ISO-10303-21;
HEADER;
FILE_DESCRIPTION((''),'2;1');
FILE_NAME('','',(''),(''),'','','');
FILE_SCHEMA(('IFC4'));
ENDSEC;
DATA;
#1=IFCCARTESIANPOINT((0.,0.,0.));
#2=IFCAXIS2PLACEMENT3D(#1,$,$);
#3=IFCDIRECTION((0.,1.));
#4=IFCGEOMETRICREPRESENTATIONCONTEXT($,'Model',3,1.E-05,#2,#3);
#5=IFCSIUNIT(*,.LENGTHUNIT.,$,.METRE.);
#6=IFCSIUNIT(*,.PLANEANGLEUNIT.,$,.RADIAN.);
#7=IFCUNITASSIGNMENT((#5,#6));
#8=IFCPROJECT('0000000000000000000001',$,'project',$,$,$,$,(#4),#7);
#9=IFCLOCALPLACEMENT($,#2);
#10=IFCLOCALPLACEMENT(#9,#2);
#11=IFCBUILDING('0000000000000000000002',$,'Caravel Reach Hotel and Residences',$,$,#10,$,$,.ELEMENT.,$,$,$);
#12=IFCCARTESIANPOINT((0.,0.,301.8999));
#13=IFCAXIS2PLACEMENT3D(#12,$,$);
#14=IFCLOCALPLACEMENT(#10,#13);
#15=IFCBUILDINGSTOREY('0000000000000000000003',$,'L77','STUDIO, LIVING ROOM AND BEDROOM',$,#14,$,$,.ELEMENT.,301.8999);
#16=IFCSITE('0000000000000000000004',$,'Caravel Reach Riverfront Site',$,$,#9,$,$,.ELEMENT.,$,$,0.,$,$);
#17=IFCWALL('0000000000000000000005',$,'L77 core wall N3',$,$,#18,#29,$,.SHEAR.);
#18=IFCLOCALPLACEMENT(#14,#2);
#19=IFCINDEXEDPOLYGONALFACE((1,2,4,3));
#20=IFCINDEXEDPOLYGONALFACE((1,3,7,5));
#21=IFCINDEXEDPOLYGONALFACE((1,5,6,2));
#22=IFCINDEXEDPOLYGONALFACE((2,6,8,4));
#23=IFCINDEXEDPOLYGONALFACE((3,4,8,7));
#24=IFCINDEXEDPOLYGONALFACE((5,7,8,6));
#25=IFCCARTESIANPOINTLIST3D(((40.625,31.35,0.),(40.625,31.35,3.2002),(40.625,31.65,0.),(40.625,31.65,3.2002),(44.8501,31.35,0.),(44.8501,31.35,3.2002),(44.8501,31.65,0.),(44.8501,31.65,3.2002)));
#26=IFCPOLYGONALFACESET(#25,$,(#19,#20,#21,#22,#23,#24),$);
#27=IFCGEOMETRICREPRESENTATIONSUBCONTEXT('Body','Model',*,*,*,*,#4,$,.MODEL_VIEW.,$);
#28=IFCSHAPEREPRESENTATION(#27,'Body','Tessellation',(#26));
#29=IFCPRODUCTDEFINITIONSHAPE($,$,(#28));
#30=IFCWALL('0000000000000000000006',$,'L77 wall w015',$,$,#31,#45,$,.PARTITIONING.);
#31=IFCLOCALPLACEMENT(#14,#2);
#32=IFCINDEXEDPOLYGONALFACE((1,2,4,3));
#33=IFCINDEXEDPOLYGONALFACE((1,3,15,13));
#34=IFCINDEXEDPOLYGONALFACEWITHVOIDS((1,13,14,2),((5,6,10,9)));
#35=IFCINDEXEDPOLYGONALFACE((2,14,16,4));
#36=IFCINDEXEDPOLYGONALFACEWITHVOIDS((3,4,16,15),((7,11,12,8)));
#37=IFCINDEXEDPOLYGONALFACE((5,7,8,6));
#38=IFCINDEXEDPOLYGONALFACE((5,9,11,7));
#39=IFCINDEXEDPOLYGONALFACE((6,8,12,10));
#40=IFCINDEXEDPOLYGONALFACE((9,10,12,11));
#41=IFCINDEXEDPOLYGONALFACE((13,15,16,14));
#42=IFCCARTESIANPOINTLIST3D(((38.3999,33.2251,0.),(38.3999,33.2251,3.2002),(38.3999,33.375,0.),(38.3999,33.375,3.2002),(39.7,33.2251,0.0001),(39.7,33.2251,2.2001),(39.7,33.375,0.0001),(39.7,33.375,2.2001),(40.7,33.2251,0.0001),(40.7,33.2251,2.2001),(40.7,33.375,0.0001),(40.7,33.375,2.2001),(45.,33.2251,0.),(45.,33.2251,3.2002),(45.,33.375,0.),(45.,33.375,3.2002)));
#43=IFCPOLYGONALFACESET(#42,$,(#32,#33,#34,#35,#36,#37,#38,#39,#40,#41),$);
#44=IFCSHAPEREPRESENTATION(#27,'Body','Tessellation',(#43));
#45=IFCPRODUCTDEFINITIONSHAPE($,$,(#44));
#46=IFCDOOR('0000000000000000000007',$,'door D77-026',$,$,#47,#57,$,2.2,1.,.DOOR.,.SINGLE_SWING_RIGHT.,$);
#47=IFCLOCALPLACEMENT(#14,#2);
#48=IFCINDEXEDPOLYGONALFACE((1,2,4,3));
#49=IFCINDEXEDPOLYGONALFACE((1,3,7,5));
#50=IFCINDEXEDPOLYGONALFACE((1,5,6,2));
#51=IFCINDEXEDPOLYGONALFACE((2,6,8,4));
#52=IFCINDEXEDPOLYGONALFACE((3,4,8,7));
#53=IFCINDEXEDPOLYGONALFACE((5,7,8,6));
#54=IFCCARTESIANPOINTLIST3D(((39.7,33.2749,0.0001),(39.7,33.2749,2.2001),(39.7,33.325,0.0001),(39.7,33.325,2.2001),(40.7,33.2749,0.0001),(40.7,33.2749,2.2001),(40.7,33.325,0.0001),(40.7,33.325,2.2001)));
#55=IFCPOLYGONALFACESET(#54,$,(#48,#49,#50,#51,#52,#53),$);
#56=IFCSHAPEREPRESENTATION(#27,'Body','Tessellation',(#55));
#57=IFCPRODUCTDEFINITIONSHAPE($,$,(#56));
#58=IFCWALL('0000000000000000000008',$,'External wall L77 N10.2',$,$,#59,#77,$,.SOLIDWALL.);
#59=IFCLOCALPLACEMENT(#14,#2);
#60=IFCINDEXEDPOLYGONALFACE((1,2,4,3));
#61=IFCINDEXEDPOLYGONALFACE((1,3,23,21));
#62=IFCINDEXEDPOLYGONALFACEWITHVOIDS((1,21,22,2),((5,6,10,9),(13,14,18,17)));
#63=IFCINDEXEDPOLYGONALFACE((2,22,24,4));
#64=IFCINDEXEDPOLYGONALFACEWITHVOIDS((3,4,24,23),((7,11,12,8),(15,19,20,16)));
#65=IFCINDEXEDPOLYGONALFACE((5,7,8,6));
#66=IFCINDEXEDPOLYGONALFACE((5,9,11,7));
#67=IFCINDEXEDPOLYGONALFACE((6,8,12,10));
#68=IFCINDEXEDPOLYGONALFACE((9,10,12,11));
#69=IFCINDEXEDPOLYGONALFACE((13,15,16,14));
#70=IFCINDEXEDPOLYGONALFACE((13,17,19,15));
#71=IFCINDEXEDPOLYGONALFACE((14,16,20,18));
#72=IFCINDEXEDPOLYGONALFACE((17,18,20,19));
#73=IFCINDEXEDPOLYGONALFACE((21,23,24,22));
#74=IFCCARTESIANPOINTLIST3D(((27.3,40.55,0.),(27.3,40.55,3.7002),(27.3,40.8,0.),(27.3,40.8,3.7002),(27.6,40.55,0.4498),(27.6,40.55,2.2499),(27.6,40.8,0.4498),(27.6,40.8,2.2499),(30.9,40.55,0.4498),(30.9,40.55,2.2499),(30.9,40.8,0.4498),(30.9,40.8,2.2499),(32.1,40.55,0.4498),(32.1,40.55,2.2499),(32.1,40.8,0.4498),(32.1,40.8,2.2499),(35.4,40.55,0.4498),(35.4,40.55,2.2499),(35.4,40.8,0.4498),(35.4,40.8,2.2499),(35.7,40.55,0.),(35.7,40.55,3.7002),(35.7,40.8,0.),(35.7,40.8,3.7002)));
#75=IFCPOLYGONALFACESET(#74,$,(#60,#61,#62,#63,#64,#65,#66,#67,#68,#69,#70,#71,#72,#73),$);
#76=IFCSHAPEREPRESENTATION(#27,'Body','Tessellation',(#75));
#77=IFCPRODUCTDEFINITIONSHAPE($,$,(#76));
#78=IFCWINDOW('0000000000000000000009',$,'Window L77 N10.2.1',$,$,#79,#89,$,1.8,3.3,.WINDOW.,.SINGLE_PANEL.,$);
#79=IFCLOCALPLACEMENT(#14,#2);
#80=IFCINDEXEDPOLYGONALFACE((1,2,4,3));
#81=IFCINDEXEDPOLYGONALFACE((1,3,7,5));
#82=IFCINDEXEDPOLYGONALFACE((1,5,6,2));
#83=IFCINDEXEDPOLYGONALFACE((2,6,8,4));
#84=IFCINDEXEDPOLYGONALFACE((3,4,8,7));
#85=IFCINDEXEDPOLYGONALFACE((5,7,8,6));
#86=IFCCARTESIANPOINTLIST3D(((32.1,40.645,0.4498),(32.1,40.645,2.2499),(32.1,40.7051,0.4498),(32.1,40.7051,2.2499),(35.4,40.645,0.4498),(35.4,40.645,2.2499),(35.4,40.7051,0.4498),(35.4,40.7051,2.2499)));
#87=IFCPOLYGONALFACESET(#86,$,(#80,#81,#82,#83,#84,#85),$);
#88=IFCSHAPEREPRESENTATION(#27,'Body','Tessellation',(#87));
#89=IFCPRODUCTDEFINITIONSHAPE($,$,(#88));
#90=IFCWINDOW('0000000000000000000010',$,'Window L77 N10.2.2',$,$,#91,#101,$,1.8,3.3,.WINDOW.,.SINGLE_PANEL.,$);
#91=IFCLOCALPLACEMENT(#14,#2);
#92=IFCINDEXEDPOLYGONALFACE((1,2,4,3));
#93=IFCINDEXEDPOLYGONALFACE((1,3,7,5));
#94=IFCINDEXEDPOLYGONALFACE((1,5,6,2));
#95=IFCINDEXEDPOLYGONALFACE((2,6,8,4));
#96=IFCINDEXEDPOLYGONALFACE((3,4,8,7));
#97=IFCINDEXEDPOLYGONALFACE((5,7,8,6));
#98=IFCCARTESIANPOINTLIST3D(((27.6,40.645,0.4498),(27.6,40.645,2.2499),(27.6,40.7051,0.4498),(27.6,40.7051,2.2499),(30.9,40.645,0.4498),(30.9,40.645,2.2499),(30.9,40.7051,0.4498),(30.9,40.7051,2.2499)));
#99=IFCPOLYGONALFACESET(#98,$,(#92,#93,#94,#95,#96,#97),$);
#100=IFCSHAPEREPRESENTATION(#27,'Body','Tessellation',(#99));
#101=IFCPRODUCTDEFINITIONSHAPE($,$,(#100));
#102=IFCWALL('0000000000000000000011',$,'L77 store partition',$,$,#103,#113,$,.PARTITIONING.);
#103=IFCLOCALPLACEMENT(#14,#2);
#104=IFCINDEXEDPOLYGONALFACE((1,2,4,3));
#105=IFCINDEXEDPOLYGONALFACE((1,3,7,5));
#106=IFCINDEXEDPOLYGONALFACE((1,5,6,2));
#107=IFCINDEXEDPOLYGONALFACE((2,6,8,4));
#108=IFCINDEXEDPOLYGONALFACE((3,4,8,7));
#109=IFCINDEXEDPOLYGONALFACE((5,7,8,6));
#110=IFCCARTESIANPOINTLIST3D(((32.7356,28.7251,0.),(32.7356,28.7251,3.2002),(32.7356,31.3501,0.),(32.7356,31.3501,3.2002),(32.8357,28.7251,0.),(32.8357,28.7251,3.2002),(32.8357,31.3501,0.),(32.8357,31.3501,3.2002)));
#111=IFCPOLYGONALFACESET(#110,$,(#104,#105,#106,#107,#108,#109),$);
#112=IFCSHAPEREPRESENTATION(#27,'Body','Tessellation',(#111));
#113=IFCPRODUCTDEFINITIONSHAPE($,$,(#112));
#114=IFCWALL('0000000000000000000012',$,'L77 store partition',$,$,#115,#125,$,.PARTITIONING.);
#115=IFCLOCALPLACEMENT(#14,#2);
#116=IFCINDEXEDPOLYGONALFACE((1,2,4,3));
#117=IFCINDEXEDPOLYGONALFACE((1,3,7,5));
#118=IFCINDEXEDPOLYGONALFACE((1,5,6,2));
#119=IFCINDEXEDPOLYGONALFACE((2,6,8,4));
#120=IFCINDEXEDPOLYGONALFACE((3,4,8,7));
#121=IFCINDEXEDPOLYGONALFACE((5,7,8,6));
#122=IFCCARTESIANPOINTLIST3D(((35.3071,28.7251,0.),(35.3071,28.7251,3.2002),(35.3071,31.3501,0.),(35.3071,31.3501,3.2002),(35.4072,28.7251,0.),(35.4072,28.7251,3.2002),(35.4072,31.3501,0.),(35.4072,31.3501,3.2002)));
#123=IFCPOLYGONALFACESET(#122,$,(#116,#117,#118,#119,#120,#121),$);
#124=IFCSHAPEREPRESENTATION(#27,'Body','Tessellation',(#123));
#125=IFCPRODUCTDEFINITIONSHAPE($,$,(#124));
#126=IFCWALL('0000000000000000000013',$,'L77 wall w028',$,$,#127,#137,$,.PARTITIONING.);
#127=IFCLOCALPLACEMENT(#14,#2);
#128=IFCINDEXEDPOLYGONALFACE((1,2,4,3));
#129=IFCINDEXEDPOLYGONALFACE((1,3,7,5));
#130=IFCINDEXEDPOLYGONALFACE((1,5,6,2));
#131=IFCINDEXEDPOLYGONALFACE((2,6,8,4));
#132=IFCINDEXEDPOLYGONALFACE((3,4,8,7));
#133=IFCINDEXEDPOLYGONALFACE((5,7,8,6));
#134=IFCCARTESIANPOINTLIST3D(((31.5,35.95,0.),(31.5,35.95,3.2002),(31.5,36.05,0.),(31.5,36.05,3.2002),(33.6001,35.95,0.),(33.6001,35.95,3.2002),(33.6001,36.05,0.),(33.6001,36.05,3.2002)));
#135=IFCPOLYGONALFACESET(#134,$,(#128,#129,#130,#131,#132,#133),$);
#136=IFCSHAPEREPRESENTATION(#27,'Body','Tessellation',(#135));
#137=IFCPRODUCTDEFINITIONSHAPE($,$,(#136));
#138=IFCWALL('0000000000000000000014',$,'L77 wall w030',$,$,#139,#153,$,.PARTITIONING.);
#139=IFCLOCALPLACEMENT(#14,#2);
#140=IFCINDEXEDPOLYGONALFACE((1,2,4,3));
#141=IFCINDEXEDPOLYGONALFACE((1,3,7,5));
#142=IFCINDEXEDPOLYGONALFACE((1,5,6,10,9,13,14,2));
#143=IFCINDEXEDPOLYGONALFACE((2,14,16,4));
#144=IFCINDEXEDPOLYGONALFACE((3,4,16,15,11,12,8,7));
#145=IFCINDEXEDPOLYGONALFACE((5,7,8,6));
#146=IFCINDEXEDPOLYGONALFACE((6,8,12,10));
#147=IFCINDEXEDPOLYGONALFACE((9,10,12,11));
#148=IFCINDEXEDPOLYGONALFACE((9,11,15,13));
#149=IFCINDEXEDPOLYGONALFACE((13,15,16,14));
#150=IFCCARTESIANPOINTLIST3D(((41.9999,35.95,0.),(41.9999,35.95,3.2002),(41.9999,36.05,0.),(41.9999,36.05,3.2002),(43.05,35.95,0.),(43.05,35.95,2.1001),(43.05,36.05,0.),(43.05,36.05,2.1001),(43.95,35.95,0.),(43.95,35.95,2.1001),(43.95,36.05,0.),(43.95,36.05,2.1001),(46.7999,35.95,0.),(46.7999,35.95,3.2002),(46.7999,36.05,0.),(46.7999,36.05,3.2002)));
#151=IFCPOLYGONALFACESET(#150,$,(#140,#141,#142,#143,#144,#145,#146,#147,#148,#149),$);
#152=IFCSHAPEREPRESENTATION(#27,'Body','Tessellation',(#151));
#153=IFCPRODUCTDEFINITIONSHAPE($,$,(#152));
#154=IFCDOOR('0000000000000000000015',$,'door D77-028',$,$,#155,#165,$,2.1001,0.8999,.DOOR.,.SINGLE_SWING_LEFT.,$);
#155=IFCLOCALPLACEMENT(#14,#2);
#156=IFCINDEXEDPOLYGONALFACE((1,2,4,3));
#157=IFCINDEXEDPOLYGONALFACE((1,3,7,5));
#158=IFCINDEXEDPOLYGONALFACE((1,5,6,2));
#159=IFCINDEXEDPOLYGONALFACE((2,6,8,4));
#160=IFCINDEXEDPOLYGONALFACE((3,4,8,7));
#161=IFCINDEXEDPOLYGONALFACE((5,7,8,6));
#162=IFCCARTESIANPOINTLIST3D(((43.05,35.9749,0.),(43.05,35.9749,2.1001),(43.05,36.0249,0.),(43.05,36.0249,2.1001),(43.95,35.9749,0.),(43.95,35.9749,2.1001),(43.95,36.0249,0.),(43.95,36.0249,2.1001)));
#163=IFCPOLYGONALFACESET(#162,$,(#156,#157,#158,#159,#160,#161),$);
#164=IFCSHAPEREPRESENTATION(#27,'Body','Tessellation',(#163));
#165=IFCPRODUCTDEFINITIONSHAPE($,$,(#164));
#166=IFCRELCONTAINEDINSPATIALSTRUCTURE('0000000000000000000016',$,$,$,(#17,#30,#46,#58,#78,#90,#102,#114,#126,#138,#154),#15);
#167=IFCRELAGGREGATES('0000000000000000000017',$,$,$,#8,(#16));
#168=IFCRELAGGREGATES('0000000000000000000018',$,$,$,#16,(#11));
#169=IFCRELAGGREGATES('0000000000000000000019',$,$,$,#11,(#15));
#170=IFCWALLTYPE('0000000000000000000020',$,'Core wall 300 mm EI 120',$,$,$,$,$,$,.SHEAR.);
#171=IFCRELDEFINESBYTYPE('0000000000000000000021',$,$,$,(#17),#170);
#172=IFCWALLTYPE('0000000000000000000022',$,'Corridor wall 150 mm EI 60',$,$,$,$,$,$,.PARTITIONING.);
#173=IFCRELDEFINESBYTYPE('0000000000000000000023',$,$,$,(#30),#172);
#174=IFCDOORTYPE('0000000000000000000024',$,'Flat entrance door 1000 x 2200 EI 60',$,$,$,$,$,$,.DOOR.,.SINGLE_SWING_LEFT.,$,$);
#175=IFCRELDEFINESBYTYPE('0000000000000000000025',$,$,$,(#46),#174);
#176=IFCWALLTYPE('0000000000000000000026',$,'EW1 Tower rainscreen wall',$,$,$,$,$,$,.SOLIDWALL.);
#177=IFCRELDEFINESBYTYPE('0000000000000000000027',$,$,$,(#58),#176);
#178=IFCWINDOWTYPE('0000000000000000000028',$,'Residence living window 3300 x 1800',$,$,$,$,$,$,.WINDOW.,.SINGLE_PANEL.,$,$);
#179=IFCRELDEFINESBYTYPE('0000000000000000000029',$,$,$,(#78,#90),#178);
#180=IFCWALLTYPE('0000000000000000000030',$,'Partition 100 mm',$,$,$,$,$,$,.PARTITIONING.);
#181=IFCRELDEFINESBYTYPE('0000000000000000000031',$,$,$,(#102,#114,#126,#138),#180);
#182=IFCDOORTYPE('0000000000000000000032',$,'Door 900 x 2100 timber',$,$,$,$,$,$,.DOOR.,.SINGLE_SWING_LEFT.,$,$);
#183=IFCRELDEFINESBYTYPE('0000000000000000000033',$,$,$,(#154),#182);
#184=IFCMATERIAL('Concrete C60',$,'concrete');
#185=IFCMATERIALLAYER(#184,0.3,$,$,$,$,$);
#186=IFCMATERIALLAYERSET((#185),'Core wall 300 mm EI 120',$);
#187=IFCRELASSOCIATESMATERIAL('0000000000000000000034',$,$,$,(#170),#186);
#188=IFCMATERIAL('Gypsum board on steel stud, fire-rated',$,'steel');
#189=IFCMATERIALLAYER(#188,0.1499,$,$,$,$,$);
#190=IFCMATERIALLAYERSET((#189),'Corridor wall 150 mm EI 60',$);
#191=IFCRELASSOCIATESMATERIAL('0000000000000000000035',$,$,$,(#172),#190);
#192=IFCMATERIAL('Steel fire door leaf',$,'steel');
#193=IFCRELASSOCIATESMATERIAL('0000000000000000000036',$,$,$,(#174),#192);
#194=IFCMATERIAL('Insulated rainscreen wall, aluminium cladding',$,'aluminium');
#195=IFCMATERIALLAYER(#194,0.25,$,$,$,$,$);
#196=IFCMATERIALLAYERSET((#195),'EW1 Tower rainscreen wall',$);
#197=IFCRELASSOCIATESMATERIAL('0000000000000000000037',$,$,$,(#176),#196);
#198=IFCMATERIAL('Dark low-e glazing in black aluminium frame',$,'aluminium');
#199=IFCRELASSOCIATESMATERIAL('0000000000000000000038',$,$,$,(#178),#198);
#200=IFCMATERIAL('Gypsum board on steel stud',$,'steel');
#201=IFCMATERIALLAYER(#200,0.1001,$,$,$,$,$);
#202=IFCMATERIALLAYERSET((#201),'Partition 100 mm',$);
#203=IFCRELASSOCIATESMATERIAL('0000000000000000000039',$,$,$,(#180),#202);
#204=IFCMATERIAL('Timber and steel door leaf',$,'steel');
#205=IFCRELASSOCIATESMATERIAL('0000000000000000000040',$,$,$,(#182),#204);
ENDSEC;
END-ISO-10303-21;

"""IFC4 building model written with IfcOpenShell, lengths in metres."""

from ifc_helpers import new_model, si_unit, direction, frame, frame_2d, origin, place, context, subcontext, project, spatial, rectangle, extrude, material, layer, layer_set, type_object, element, fill, save


model = new_model("IFC4")

# Units and contexts
model_context = context("Model", 3, precision=1e-05, world=origin(), true_north=direction((0.0, 1.0)))
body_context = subcontext(model_context, "Body", "Model", "MODEL_VIEW")
ifc_project = project(units=[si_unit("LENGTHUNIT", "METRE"), si_unit("PLANEANGLEUNIT", "RADIAN")], contexts=[model_context])

# Site, building, storey
site_placement = place(None, origin())
site = spatial("IfcSite", under=ifc_project, at=site_placement, Name="Caravel Reach Riverfront Site", CompositionType="ELEMENT", RefElevation=0.0)
building_placement = place(site_placement, origin())
building = spatial("IfcBuilding", under=site, at=building_placement, Name="Caravel Reach Hotel and Residences", CompositionType="ELEMENT")
storey_placement = place(building_placement, frame((0.0, 0.0, 301.8999)))
storey = spatial("IfcBuildingStorey", under=building, at=storey_placement, Name="L77", Description="STUDIO, LIVING ROOM AND BEDROOM", CompositionType="ELEMENT", Elevation=301.8999)

# Wall
ifc_material_1 = material(Name="Concrete C60", Category="concrete")
ifc_layer_1 = layer(ifc_material_1, 0.3)
ifc_layer_set_1 = layer_set([ifc_layer_1], Name="Core wall 300 mm EI 120")
wall_type_1 = type_object("IfcWallType", Name="Core wall 300 mm EI 120", PredefinedType="SHEAR", material=ifc_layer_set_1)
wall_1_placement = place(storey_placement, frame((40.625, 31.5, 0.0), z_axis=(0.0, 0.0, 1.0), x_axis=(1.0, 0.0, 0.0)))
element("IfcWall", 1, at=wall_1_placement, inside=storey, type_object=wall_type_1, Name="L77 core wall N3", PredefinedType="SHEAR", context=body_context, shape_type="SweptSolid", body=[
    extrude(rectangle(XDim=4.2251, YDim=0.3, at=frame_2d((2.1125, 0.0))), origin(), (0.0, 0.0, 1.0), 3.2002),
])

# Wall, opening, door
ifc_material_2 = material(Name="Gypsum board on steel stud, fire-rated", Category="steel")
ifc_layer_2 = layer(ifc_material_2, 0.1499)
ifc_layer_set_2 = layer_set([ifc_layer_2], Name="Corridor wall 150 mm EI 60")
wall_type_2 = type_object("IfcWallType", Name="Corridor wall 150 mm EI 60", PredefinedType="PARTITIONING", material=ifc_layer_set_2)
wall_2_placement = place(storey_placement, frame((38.3999, 33.3, 0.0), z_axis=(0.0, 0.0, 1.0), x_axis=(1.0, 0.0, 0.0)))
wall_2 = element("IfcWall", 2, at=wall_2_placement, inside=storey, type_object=wall_type_2, Name="L77 wall w015", PredefinedType="PARTITIONING", context=body_context, shape_type="SweptSolid", body=[
    extrude(rectangle(XDim=6.6001, YDim=0.1499, at=frame_2d((3.3, 0.0))), origin(), (0.0, 0.0, 1.0), 3.2002),
])
opening_1_placement = place(wall_2_placement, frame((1.3, 0.0, 0.0)))
opening_1 = element("IfcOpeningElement", 3, at=opening_1_placement, cuts=wall_2, PredefinedType="OPENING", context=body_context, shape_type="SweptSolid", body=[
    extrude(rectangle(XDim=1.0, YDim=2.2, at=frame_2d((0.5, 1.1001))), frame((0.0, 0.085, 0.0), z_axis=(0.0, -1.0, 0.0), x_axis=(1.0, 0.0, 0.0)), (0.0, 0.0, 1.0), 0.1699),
])
ifc_material_3 = material(Name="Steel fire door leaf", Category="steel")
door_type_1 = type_object("IfcDoorType", Name="Flat entrance door 1000 x 2200 EI 60", OperationType="SINGLE_SWING_LEFT", PredefinedType="DOOR", material=ifc_material_3)
door_1_placement = place(opening_1_placement, origin())
door_1 = element("IfcDoor", 4, at=door_1_placement, inside=storey, type_object=door_type_1, Name="door D77-026", OperationType="SINGLE_SWING_RIGHT", OverallHeight=2.2, OverallWidth=1.0, PredefinedType="DOOR", context=body_context, shape_type="SweptSolid", body=[
    extrude(rectangle(XDim=1.0, YDim=2.2, at=frame_2d((0.5, 1.1001))), frame((0.0, 0.0249, 0.0), z_axis=(0.0, -1.0, 0.0), x_axis=(1.0, 0.0, 0.0)), (0.0, 0.0, 1.0), 0.05),
])
fill(opening_1, door_1)

# Wall, openings, windows
ifc_material_4 = material(Name="Insulated rainscreen wall, aluminium cladding", Category="aluminium")
ifc_layer_3 = layer(ifc_material_4, 0.25)
ifc_layer_set_3 = layer_set([ifc_layer_3], Name="EW1 Tower rainscreen wall")
wall_type_3 = type_object("IfcWallType", Name="EW1 Tower rainscreen wall", PredefinedType="SOLIDWALL", material=ifc_layer_set_3)
wall_3_placement = place(storey_placement, frame((35.7, 40.675, 0.0), z_axis=(0.0, 0.0, 1.0), x_axis=(-1.0, 0.0, 0.0)))
wall_3 = element("IfcWall", 5, at=wall_3_placement, inside=storey, type_object=wall_type_3, Name="External wall L77 N10.2", PredefinedType="SOLIDWALL", context=body_context, shape_type="SweptSolid", body=[
    extrude(rectangle(XDim=8.3999, YDim=0.25, at=frame_2d((4.2, 0.0))), origin(), (0.0, 0.0, 1.0), 3.7002),
])
opening_2_placement = place(wall_3_placement, frame((0.3, 0.0, 0.45)))
opening_2 = element("IfcOpeningElement", 6, at=opening_2_placement, cuts=wall_3, PredefinedType="OPENING", context=body_context, shape_type="SweptSolid", body=[
    extrude(rectangle(XDim=3.3, YDim=1.8, at=frame_2d((1.6499, 0.8999))), frame((0.0, 0.135, 0.0), z_axis=(0.0, -1.0, 0.0), x_axis=(1.0, 0.0, 0.0)), (0.0, 0.0, 1.0), 0.27),
])
opening_3_placement = place(wall_3_placement, frame((4.8, 0.0, 0.45)))
opening_3 = element("IfcOpeningElement", 7, at=opening_3_placement, cuts=wall_3, PredefinedType="OPENING", context=body_context, shape_type="SweptSolid", body=[
    extrude(rectangle(XDim=3.3, YDim=1.8, at=frame_2d((1.6499, 0.8999))), frame((0.0, 0.135, 0.0), z_axis=(0.0, -1.0, 0.0), x_axis=(1.0, 0.0, 0.0)), (0.0, 0.0, 1.0), 0.27),
])
ifc_material_5 = material(Name="Dark low-e glazing in black aluminium frame", Category="aluminium")
window_type = type_object("IfcWindowType", Name="Residence living window 3300 x 1800", PartitioningType="SINGLE_PANEL", PredefinedType="WINDOW", material=ifc_material_5)
window_1_placement = place(opening_2_placement, origin())
window_1 = element("IfcWindow", 8, at=window_1_placement, inside=storey, type_object=window_type, Name="Window L77 N10.2.1", OverallHeight=1.8, OverallWidth=3.3, PartitioningType="SINGLE_PANEL", PredefinedType="WINDOW", context=body_context, shape_type="SweptSolid", body=[
    extrude(rectangle(XDim=3.3, YDim=1.8, at=frame_2d((1.6499, 0.8999))), frame((0.0, 0.03, 0.0), z_axis=(0.0, -1.0, 0.0), x_axis=(1.0, 0.0, 0.0)), (0.0, 0.0, 1.0), 0.0601),
])
fill(opening_2, window_1)
window_2_placement = place(opening_3_placement, origin())
window_2 = element("IfcWindow", 9, at=window_2_placement, inside=storey, type_object=window_type, Name="Window L77 N10.2.2", OverallHeight=1.8, OverallWidth=3.3, PartitioningType="SINGLE_PANEL", PredefinedType="WINDOW", context=body_context, shape_type="SweptSolid", body=[
    extrude(rectangle(XDim=3.3, YDim=1.8, at=frame_2d((1.6499, 0.8999))), frame((0.0, 0.03, 0.0), z_axis=(0.0, -1.0, 0.0), x_axis=(1.0, 0.0, 0.0)), (0.0, 0.0, 1.0), 0.0601),
])
fill(opening_3, window_2)

# Walls
ifc_material_6 = material(Name="Gypsum board on steel stud", Category="steel")
ifc_layer_4 = layer(ifc_material_6, 0.1001)
ifc_layer_set_4 = layer_set([ifc_layer_4], Name="Partition 100 mm")
wall_type_4 = type_object("IfcWallType", Name="Partition 100 mm", PredefinedType="PARTITIONING", material=ifc_layer_set_4)
for number, where, z_axis, x_axis, name in (
    (10, (32.7856, 28.7251, 0.0), (0.0, 0.0, 1.0), (0.0, 1.0, 0.0), "L77 store partition"),
    (11, (35.3572, 28.7251, 0.0), (0.0, 0.0, 1.0), (0.0, 1.0, 0.0), "L77 store partition"),
):
    element("IfcWall", number, at=place(storey_placement, frame(where, z_axis=z_axis, x_axis=x_axis)), inside=storey, type_object=wall_type_4, Name=name, PredefinedType="PARTITIONING", context=body_context, shape_type="SweptSolid", body=[
        extrude(rectangle(XDim=2.625, YDim=0.1001, at=frame_2d((1.3125, 0.0))), origin(), (0.0, 0.0, 1.0), 3.2002),
    ])
wall_4_placement = place(storey_placement, frame((31.5, 36.0, 0.0), z_axis=(0.0, 0.0, 1.0), x_axis=(1.0, 0.0, 0.0)))
element("IfcWall", 12, at=wall_4_placement, inside=storey, type_object=wall_type_4, Name="L77 wall w028", PredefinedType="PARTITIONING", context=body_context, shape_type="SweptSolid", body=[
    extrude(rectangle(XDim=2.1001, YDim=0.1001, at=frame_2d((1.05, 0.0))), origin(), (0.0, 0.0, 1.0), 3.2002),
])

# Wall, opening, door
wall_5_placement = place(storey_placement, frame((42.0, 36.0, 0.0), z_axis=(0.0, 0.0, 1.0), x_axis=(1.0, 0.0, 0.0)))
wall_5 = element("IfcWall", 13, at=wall_5_placement, inside=storey, type_object=wall_type_4, Name="L77 wall w030", PredefinedType="PARTITIONING", context=body_context, shape_type="SweptSolid", body=[
    extrude(rectangle(XDim=4.8, YDim=0.1001, at=frame_2d((2.3999, 0.0))), origin(), (0.0, 0.0, 1.0), 3.2002),
])
opening_4_placement = place(wall_5_placement, frame((1.05, 0.0, 0.0)))
opening_4 = element("IfcOpeningElement", 14, at=opening_4_placement, cuts=wall_5, PredefinedType="OPENING", context=body_context, shape_type="SweptSolid", body=[
    extrude(rectangle(XDim=0.8999, YDim=2.1001, at=frame_2d((0.45, 1.05))), frame((0.0, 0.0601, 0.0), z_axis=(0.0, -1.0, 0.0), x_axis=(1.0, 0.0, 0.0)), (0.0, 0.0, 1.0), 0.1201),
])
ifc_material_7 = material(Name="Timber and steel door leaf", Category="steel")
door_type_2 = type_object("IfcDoorType", Name="Door 900 x 2100 timber", OperationType="SINGLE_SWING_LEFT", PredefinedType="DOOR", material=ifc_material_7)
door_2_placement = place(opening_4_placement, origin())
door_2 = element("IfcDoor", 15, at=door_2_placement, inside=storey, type_object=door_type_2, Name="door D77-028", OperationType="SINGLE_SWING_LEFT", OverallHeight=2.1001, OverallWidth=0.8999, PredefinedType="DOOR", context=body_context, shape_type="SweptSolid", body=[
    extrude(rectangle(XDim=0.8999, YDim=2.1001, at=frame_2d((0.45, 1.05))), frame((0.0, 0.0249, 0.0), z_axis=(0.0, -1.0, 0.0), x_axis=(1.0, 0.0, 0.0)), (0.0, 0.0, 1.0), 0.05),
])
fill(opening_4, door_2)

save(model, "model.ifc")
